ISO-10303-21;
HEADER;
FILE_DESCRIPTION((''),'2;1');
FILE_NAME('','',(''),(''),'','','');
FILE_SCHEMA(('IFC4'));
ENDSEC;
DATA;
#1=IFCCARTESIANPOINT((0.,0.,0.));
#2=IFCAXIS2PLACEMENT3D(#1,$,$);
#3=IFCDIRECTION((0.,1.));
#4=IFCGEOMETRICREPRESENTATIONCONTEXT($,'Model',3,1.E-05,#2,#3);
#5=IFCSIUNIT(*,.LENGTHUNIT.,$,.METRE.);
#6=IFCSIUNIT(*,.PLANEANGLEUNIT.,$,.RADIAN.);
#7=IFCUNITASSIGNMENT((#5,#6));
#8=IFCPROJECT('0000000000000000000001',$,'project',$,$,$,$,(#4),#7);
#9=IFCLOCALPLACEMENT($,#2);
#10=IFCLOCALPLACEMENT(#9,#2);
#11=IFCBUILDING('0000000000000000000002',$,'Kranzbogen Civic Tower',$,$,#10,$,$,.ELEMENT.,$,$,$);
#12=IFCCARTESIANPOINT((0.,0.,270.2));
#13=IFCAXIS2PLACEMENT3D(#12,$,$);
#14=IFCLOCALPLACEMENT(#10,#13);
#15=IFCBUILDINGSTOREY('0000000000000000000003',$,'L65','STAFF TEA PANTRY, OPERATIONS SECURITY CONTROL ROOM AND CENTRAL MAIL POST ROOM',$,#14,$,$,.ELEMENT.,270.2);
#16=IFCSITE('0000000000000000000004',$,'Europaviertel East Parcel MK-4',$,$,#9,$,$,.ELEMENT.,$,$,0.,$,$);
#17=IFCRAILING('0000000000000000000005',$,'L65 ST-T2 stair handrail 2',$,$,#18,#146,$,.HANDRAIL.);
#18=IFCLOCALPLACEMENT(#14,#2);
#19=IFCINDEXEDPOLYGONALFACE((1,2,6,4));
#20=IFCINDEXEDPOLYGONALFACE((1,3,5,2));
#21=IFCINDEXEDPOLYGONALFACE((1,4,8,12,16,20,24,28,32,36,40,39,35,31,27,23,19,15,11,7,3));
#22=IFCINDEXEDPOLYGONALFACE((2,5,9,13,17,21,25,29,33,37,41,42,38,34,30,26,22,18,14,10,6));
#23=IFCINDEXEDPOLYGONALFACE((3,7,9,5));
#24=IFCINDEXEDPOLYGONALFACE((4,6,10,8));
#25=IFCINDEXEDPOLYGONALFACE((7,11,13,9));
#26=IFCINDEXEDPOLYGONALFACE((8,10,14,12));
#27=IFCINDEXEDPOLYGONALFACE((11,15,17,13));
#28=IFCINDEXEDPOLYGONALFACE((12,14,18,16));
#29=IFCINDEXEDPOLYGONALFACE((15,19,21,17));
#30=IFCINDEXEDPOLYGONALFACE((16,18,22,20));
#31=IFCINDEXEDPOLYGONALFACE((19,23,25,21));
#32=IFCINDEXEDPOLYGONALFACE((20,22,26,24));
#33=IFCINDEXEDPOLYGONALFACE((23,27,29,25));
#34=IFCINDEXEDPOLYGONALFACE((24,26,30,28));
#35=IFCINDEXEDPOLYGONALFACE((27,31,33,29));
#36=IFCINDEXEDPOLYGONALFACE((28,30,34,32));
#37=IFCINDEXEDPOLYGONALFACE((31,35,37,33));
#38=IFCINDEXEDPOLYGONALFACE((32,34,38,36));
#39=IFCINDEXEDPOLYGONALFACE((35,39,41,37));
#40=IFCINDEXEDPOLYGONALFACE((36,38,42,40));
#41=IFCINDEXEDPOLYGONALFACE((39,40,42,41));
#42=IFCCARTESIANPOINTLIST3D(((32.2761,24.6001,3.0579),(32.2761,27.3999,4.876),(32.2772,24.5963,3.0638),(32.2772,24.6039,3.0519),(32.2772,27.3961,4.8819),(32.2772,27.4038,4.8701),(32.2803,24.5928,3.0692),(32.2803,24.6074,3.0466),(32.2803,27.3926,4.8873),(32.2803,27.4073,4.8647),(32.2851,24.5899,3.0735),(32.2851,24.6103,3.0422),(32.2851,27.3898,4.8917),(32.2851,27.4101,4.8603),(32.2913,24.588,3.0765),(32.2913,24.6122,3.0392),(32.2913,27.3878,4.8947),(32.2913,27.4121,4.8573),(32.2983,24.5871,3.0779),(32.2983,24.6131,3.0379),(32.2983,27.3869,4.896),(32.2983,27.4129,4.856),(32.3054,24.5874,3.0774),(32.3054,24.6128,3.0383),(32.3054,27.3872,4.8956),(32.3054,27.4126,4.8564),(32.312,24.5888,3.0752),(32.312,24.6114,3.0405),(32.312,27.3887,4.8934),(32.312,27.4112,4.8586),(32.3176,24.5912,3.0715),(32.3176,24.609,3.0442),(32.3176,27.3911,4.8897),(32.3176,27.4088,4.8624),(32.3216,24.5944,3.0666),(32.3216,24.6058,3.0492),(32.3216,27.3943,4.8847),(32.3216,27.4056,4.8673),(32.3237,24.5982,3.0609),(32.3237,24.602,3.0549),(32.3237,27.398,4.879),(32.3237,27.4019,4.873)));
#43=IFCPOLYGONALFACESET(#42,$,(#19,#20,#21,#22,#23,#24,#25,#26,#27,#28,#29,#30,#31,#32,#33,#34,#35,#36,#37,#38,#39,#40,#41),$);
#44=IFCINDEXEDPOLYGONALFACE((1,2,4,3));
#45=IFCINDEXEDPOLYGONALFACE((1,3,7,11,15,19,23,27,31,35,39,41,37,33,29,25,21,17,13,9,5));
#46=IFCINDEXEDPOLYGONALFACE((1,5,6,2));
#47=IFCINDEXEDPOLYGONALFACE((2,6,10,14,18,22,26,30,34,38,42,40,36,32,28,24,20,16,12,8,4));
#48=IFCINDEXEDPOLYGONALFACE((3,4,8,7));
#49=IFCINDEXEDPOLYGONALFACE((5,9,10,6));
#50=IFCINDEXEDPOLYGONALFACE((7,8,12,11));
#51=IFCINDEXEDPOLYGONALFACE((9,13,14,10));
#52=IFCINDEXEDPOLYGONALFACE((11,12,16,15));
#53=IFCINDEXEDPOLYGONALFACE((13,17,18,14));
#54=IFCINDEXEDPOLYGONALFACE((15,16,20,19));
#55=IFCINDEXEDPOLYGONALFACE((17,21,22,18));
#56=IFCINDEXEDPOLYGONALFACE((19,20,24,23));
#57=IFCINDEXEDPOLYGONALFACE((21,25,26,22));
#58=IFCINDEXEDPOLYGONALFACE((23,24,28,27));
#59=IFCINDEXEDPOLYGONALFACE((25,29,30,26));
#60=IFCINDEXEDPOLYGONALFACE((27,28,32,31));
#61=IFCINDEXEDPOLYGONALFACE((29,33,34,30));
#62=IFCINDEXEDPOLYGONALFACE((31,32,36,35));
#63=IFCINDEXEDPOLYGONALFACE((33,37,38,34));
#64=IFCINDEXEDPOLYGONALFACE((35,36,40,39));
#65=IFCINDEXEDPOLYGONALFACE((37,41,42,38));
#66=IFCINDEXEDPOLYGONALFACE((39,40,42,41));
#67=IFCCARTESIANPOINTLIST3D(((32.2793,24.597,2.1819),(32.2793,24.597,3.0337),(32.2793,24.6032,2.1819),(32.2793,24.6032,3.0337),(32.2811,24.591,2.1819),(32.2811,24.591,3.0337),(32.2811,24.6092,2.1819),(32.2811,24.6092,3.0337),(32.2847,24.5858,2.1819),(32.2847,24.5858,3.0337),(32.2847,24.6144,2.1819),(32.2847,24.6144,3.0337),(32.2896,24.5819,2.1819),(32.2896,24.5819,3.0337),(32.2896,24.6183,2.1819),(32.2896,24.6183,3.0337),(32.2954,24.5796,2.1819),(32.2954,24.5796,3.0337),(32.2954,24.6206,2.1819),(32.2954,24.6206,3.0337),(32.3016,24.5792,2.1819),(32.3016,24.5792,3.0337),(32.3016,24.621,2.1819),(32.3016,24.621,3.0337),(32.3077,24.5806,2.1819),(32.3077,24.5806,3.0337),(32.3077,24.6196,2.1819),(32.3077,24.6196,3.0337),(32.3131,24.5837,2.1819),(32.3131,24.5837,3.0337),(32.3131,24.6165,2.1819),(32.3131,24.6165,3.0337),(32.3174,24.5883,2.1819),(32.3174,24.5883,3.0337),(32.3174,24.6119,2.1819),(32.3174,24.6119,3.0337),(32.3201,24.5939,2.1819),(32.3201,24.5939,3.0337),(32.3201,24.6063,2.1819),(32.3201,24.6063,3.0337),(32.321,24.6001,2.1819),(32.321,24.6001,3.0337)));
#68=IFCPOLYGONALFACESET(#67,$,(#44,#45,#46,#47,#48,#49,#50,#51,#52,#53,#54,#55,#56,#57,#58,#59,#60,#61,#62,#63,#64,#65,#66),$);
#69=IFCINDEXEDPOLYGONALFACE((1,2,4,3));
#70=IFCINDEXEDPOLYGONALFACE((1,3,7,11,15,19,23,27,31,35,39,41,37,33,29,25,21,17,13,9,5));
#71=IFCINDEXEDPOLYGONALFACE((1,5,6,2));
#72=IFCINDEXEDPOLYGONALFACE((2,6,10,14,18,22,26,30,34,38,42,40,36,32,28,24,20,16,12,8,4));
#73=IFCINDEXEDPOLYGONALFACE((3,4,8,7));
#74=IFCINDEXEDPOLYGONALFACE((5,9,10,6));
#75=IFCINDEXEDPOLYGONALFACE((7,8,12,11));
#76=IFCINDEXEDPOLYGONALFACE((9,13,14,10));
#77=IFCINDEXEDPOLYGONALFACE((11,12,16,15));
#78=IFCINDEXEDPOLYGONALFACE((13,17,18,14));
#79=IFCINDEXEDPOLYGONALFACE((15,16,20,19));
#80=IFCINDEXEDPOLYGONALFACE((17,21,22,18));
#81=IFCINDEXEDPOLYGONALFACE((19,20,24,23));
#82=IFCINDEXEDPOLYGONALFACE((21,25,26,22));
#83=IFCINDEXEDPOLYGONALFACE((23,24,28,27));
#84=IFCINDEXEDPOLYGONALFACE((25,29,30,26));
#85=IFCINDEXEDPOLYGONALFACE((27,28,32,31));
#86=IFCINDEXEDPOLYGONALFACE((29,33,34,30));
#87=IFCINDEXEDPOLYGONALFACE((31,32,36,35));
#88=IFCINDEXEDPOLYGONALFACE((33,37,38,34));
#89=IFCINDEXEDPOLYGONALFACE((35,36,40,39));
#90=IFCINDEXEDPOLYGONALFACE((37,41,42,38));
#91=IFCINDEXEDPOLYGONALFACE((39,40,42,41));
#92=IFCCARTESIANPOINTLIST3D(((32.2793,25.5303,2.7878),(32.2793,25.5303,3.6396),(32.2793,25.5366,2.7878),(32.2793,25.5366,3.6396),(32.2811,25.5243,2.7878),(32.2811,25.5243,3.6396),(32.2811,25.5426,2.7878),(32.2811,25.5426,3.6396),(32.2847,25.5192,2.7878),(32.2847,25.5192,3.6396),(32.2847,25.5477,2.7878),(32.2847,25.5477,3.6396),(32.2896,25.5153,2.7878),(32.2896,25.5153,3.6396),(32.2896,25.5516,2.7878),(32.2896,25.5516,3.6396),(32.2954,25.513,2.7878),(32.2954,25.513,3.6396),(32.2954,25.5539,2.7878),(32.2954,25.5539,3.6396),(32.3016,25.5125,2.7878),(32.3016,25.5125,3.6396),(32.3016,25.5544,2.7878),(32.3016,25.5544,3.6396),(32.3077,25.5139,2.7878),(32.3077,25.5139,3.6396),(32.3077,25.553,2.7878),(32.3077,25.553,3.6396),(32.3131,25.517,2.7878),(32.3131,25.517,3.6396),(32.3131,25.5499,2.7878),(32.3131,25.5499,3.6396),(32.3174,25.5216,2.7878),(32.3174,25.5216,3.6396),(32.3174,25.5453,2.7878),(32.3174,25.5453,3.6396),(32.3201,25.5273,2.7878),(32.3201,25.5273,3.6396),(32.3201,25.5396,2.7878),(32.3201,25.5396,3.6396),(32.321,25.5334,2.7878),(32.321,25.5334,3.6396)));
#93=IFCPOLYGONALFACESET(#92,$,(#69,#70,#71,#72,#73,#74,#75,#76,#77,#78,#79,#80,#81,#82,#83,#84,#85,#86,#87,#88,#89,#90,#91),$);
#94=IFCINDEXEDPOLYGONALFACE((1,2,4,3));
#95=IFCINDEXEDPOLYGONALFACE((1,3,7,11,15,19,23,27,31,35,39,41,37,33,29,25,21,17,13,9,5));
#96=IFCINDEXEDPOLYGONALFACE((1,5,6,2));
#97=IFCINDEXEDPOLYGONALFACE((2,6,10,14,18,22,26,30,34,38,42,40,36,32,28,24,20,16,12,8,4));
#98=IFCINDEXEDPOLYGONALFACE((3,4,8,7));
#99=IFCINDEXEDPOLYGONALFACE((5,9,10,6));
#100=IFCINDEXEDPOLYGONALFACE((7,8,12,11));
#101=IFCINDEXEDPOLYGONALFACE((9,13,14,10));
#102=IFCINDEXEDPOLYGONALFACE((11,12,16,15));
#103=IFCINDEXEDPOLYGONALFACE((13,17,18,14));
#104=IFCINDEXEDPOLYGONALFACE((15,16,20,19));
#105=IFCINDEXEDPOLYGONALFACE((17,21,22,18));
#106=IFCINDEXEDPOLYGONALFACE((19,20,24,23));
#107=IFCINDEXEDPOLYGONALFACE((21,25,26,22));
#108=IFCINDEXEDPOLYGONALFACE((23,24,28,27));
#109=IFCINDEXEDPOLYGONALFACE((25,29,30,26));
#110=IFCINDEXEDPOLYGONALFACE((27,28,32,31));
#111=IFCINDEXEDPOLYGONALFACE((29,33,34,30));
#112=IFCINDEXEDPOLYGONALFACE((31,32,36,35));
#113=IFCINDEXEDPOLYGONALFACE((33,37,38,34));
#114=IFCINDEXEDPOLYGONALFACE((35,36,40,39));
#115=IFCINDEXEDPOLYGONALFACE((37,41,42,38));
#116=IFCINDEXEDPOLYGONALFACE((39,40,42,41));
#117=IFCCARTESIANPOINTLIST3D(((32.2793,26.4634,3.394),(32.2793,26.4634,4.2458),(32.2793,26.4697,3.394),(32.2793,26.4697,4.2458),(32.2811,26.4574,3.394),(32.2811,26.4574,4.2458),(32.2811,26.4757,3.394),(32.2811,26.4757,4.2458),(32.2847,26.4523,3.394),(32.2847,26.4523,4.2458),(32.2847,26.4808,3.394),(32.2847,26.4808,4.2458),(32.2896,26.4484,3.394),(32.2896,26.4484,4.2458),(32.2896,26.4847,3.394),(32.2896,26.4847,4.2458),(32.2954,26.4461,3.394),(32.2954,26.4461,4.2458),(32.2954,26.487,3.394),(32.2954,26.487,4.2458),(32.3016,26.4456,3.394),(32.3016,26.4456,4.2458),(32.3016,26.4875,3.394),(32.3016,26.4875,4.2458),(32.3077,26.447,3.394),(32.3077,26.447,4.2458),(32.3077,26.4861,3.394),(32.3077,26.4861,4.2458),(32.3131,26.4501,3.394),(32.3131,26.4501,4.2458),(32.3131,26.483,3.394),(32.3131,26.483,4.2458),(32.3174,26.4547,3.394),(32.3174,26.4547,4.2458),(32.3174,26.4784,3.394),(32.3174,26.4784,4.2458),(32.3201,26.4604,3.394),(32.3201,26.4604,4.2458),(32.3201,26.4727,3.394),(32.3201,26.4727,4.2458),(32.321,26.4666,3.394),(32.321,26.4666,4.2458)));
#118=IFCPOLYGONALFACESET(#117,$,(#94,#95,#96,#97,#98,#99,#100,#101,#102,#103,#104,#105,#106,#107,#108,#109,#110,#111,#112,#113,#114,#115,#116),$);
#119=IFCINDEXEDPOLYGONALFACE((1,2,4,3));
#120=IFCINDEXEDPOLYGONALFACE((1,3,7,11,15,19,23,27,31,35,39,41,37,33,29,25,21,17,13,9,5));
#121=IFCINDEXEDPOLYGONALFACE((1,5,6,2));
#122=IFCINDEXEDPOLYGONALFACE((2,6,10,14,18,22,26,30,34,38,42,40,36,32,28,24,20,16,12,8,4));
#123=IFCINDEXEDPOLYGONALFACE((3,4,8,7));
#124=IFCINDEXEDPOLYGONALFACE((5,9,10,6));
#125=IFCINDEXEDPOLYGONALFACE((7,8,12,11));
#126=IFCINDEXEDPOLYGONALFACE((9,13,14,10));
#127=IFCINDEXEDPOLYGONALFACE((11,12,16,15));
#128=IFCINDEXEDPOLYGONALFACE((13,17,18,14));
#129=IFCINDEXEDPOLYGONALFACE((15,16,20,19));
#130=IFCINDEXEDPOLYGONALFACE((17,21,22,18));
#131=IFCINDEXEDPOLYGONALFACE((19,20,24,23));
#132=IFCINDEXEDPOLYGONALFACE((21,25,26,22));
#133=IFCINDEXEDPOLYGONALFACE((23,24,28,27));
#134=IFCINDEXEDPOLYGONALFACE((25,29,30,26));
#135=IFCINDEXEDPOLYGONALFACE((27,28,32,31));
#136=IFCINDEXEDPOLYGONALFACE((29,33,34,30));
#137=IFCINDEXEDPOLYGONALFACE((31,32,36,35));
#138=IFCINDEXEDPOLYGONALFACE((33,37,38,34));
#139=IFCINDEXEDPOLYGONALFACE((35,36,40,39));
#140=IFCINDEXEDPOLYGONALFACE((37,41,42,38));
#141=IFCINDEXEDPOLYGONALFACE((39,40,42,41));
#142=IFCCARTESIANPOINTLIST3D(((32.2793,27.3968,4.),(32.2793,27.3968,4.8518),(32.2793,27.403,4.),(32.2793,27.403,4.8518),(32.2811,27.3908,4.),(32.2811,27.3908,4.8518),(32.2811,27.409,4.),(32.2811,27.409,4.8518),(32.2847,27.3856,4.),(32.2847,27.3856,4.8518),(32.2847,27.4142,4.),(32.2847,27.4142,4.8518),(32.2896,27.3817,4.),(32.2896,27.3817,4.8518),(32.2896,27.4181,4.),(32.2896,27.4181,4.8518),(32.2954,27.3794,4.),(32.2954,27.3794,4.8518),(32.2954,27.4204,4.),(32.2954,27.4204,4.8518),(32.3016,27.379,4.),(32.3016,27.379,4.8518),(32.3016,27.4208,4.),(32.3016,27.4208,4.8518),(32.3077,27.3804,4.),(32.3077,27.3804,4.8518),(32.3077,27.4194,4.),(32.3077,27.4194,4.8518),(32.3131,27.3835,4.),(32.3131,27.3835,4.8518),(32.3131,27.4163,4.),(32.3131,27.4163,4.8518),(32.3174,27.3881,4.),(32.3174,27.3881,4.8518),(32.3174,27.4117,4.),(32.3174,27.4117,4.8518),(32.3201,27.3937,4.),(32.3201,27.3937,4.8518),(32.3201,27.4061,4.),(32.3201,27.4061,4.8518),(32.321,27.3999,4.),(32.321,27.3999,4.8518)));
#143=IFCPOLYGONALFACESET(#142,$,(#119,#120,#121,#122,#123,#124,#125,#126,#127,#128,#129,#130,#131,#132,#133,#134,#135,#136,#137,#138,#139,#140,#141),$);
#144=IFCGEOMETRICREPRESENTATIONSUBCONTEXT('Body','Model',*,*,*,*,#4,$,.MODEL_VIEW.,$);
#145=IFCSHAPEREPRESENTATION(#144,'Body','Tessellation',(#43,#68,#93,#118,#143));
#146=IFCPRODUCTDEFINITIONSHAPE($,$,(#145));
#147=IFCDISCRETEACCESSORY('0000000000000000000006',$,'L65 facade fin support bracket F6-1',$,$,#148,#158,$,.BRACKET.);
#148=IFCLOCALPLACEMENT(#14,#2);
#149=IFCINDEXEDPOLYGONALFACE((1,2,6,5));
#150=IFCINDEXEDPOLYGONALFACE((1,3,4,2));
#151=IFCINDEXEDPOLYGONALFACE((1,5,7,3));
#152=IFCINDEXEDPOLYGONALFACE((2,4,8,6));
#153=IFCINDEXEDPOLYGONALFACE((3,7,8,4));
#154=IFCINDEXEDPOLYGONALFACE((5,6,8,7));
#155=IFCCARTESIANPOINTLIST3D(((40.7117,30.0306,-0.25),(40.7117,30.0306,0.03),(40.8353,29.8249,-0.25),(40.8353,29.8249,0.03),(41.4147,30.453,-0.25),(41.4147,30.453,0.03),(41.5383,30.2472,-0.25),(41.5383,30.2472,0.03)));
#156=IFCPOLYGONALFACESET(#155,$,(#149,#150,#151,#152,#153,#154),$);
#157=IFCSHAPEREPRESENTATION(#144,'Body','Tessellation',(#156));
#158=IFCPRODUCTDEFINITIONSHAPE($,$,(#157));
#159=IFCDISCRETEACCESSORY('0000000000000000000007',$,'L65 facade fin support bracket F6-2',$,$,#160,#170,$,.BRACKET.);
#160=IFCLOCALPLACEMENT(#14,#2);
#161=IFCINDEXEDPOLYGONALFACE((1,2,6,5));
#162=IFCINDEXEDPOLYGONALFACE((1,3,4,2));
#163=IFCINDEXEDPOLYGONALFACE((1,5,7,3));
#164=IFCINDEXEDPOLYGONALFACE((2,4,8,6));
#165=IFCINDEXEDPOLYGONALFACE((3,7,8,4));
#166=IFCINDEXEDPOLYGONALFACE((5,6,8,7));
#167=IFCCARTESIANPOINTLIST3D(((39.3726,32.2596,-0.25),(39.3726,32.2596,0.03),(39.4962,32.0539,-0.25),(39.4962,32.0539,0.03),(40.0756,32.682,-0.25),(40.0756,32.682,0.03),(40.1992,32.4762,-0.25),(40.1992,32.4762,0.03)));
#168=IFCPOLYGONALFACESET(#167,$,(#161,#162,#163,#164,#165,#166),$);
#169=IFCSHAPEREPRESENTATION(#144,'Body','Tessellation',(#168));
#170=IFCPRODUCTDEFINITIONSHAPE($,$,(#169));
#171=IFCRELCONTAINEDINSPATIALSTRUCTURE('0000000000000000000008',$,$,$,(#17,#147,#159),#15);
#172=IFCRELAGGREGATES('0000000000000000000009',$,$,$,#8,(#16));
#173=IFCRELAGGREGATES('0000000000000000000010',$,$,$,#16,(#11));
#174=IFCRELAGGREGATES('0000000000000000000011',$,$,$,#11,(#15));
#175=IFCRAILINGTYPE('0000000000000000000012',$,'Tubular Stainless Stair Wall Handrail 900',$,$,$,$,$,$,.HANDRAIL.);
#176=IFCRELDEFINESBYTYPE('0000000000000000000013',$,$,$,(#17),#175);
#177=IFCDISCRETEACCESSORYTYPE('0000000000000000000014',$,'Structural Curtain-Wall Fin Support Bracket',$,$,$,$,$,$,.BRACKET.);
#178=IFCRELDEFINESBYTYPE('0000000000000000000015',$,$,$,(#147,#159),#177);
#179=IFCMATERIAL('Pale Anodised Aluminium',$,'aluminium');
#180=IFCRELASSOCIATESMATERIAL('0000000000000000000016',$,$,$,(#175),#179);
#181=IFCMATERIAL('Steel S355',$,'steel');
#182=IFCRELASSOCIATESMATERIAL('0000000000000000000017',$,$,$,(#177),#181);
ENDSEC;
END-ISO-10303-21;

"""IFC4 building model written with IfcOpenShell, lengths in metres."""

from ifc_helpers import new_model, si_unit, direction, frame, origin, origin_2d, place, context, subcontext, project, spatial, rectangle, circle, extrude, material, type_object, element, save


model = new_model("IFC4")

# Units and contexts
model_context = context("Model", 3, precision=1e-05, world=origin(), true_north=direction((0.0, 1.0)))
body_context = subcontext(model_context, "Body", "Model", "MODEL_VIEW")
ifc_project = project(units=[si_unit("LENGTHUNIT", "METRE"), si_unit("PLANEANGLEUNIT", "RADIAN")], contexts=[model_context])

# Site, building, storey
site_placement = place(None, origin())
site = spatial("IfcSite", under=ifc_project, at=site_placement, Name="Europaviertel East Parcel MK-4", CompositionType="ELEMENT", RefElevation=0.0)
building_placement = place(site_placement, origin())
building = spatial("IfcBuilding", under=site, at=building_placement, Name="Kranzbogen Civic Tower", CompositionType="ELEMENT")
storey_placement = place(building_placement, frame((0.0, 0.0, 270.2)))
storey = spatial("IfcBuildingStorey", under=building, at=storey_placement, Name="L65", Description="STAFF TEA PANTRY, OPERATIONS SECURITY CONTROL ROOM AND CENTRAL MAIL POST ROOM", CompositionType="ELEMENT", Elevation=270.2)

# Shared definitions
ifc_material_1 = material(Name="Steel S355", Category="steel")

# Shared definitions
ifc_material_2 = material(Name="Pale Anodised Aluminium", Category="aluminium")

# Railing
railing_type_1 = type_object("IfcRailingType", Name="Tubular Stainless Stair Wall Handrail 900", PredefinedType="HANDRAIL", material=ifc_material_2)
railing_1_placement = place(storey_placement, frame((32.3, 24.6001, 2.1819)))
element("IfcRailing", 1, at=railing_1_placement, inside=storey, type_object=railing_type_1, Name="L65 ST-T2 stair handrail 2", PredefinedType="HANDRAIL", context=body_context, shape_type="SweptSolid", body=[
    extrude(circle(Radius=0.0239, at=origin_2d()), frame((0.0, 0.0, 0.876), z_axis=(0.0, 0.838684, 0.544618), x_axis=(-1.0, 0.0, 0.0)), (0.0, 0.0, 1.0), 3.3384),
    extrude(circle(Radius=0.021, at=origin_2d()), origin(), (0.0, 0.0, 1.0), 0.8518),
    extrude(circle(Radius=0.021, at=origin_2d()), frame((0.0, 0.9333, 0.606)), (0.0, 0.0, 1.0), 0.8518),
    extrude(circle(Radius=0.021, at=origin_2d()), frame((0.0, 1.8665, 1.2122)), (0.0, 0.0, 1.0), 0.8518),
    extrude(circle(Radius=0.021, at=origin_2d()), frame((0.0, 2.7998, 1.8181)), (0.0, 0.0, 1.0), 0.8518),
])

# Discrete accessories
discrete_accessory_type = type_object("IfcDiscreteAccessoryType", Name="Structural Curtain-Wall Fin Support Bracket", PredefinedType="BRACKET", material=ifc_material_1)
for number, where, z_axis, x_axis, name in (
    (2, (41.125, 30.1389, -0.25), (0.0, 0.0, 1.0), (0.857167, 0.515038, 0.0), "L65 facade fin support bracket F6-1"),
    (3, (39.7859, 32.3679, -0.25), (0.0, 0.0, 1.0), (0.857167, 0.515038, 0.0), "L65 facade fin support bracket F6-2"),
):
    element("IfcDiscreteAccessory", number, at=place(storey_placement, frame(where, z_axis=z_axis, x_axis=x_axis)), inside=storey, type_object=discrete_accessory_type, Name=name, PredefinedType="BRACKET", context=body_context, shape_type="SweptSolid", body=[
        extrude(rectangle(XDim=0.8201, YDim=0.24, at=origin_2d()), origin(), (0.0, 0.0, 1.0), 0.28),
    ])

save(model, "model.ifc")
